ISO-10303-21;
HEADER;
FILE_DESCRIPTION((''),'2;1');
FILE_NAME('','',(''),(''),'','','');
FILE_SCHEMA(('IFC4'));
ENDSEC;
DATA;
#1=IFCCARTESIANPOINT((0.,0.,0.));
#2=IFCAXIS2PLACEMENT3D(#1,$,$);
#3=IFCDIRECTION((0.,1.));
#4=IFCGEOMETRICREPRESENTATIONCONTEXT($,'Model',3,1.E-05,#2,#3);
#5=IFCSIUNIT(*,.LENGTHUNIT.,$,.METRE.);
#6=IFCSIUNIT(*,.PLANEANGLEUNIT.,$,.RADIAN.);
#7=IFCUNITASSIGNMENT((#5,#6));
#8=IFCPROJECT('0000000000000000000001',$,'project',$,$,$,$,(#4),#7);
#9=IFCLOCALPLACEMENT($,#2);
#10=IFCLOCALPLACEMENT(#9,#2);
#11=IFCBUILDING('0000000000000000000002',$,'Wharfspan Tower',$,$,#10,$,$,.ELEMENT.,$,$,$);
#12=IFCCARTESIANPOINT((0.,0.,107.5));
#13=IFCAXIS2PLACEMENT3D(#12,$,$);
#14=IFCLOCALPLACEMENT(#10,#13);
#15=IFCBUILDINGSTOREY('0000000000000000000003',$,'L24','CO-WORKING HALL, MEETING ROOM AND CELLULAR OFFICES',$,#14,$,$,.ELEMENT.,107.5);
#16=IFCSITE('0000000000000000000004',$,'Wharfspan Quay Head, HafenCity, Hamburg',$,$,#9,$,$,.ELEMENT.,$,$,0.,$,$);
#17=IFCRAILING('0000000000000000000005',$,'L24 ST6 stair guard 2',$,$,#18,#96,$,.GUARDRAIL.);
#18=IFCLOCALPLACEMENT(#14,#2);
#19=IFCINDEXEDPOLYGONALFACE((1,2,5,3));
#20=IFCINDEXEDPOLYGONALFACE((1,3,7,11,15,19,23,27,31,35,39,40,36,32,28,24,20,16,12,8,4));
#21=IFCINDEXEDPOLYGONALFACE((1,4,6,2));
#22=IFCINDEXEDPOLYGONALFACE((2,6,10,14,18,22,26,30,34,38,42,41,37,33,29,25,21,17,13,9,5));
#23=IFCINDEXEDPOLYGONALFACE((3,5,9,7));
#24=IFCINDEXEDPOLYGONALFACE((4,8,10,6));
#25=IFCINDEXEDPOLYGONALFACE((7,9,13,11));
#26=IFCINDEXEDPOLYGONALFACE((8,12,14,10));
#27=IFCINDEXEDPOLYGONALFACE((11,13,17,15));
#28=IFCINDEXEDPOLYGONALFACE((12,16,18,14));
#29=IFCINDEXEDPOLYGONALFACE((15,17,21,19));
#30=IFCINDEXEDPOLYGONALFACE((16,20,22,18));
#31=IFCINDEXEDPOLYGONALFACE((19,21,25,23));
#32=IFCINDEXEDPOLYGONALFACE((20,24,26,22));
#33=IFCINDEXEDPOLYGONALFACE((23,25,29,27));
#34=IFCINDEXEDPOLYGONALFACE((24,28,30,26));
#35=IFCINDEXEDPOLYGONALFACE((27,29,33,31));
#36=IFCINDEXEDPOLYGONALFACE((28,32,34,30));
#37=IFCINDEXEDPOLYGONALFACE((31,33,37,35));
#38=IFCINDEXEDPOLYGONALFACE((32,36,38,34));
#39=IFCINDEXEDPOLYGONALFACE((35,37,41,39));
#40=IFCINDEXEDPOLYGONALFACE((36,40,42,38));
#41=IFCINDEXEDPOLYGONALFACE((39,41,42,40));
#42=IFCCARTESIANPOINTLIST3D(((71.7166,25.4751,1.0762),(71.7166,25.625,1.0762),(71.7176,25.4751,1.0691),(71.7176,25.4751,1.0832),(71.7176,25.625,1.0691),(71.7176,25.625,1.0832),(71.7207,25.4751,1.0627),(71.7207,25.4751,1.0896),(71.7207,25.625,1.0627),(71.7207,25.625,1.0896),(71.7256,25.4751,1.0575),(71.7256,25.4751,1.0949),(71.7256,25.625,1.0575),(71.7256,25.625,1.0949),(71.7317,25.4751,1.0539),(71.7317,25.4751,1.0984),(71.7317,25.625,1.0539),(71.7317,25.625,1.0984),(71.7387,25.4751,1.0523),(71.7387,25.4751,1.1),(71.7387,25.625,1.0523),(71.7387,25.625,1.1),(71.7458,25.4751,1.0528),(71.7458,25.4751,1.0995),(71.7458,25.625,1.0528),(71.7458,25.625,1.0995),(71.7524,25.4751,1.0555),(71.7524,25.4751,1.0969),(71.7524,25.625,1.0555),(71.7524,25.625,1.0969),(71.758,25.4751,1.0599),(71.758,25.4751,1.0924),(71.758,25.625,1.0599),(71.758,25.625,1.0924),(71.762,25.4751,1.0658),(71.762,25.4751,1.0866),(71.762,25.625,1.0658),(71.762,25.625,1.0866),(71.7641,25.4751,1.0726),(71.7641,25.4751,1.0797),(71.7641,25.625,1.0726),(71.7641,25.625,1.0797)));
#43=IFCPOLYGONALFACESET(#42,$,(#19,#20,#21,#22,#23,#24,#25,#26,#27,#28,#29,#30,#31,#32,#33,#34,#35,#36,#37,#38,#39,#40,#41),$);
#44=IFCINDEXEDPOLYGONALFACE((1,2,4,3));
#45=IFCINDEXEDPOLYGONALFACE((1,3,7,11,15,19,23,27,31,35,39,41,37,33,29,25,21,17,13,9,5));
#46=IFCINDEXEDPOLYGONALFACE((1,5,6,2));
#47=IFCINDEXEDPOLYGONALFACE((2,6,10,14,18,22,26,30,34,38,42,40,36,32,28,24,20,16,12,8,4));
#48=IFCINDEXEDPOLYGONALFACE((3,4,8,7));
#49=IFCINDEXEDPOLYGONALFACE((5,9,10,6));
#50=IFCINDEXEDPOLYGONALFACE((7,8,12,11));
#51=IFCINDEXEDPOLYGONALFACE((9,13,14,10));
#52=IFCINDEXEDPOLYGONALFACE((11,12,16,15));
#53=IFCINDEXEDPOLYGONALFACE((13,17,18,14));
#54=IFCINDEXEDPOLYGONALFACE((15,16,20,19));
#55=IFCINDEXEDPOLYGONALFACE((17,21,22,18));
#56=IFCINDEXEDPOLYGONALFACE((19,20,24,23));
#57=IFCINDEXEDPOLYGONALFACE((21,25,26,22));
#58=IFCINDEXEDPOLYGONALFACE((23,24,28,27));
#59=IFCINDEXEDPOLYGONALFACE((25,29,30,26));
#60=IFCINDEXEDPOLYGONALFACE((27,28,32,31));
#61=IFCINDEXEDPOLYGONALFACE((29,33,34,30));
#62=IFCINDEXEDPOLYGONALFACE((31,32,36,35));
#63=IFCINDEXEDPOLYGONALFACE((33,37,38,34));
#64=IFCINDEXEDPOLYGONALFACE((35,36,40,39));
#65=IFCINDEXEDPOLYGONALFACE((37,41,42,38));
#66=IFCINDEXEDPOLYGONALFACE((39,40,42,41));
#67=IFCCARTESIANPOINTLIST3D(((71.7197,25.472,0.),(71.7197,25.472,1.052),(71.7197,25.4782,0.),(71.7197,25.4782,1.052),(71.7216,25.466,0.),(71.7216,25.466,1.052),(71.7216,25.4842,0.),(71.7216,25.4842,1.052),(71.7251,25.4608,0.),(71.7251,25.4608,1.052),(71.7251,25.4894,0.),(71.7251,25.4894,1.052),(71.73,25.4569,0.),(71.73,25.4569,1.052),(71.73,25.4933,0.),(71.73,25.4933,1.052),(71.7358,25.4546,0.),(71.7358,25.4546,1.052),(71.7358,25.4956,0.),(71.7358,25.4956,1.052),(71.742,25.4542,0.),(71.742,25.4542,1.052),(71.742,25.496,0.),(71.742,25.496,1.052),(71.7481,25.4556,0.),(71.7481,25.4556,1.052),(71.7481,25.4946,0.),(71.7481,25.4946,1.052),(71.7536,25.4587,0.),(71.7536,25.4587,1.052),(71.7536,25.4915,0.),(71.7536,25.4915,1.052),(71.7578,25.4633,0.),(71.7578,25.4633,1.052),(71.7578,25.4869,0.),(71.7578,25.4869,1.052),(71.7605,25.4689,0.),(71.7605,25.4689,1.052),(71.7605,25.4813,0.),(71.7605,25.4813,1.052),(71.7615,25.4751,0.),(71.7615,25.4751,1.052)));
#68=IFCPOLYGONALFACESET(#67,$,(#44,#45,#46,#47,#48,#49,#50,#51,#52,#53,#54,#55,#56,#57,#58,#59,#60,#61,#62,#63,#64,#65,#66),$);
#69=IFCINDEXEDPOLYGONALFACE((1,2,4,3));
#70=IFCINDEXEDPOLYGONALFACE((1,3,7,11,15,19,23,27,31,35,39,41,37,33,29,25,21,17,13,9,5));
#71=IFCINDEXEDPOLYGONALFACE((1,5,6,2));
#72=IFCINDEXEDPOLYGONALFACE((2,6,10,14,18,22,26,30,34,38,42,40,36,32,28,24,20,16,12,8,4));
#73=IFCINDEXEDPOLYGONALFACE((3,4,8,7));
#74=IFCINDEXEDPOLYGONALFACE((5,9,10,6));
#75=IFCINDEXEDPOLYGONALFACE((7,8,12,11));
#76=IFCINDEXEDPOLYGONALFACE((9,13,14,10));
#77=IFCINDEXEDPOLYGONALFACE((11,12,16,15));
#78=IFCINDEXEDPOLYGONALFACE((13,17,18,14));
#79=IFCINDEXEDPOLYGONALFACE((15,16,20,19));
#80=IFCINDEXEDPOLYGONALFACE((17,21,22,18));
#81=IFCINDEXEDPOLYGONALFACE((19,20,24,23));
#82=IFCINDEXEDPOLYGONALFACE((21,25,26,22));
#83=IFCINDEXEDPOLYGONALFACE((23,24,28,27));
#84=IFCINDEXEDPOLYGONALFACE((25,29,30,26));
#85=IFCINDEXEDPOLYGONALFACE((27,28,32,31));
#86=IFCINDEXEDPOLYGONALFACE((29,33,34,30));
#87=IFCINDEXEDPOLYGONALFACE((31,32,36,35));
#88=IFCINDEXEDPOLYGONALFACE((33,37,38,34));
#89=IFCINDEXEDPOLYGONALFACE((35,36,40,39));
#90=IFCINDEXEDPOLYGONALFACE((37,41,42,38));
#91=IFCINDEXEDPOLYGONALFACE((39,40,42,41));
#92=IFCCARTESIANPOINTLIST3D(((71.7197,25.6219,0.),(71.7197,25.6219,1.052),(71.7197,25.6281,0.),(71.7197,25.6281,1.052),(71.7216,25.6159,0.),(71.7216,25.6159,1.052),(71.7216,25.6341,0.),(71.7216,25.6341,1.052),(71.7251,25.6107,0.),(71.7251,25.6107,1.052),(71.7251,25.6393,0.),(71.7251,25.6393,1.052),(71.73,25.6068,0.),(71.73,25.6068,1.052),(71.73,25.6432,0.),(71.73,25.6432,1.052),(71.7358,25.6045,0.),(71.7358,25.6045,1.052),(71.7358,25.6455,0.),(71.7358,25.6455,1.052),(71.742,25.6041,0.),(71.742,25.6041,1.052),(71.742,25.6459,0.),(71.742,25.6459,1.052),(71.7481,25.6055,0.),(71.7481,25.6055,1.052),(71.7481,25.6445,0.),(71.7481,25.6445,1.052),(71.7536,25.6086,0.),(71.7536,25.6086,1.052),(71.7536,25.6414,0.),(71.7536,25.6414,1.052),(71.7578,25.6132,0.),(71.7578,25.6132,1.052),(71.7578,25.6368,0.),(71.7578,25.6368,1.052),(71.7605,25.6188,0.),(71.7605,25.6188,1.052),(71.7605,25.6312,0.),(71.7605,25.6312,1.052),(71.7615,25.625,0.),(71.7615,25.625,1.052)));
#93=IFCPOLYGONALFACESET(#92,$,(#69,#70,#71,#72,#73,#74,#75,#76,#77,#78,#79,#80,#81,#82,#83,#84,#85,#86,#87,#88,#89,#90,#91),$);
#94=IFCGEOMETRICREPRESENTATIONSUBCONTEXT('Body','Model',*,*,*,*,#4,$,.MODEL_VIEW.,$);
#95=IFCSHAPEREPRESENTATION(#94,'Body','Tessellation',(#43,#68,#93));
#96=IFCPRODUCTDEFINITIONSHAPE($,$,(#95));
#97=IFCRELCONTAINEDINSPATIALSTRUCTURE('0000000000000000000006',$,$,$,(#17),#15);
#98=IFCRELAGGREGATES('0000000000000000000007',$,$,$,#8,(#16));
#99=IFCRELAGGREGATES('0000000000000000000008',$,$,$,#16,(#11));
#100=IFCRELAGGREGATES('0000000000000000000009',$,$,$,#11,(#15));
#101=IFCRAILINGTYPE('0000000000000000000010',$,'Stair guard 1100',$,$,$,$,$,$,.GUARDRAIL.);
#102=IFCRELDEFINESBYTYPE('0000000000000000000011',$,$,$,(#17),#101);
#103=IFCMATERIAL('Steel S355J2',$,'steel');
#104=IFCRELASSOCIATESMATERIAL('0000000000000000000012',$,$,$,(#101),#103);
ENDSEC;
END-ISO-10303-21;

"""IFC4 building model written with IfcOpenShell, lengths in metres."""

from ifc_helpers import new_model, si_unit, direction, frame, origin, origin_2d, place, context, subcontext, project, spatial, circle, extrude, material, type_object, element, save


model = new_model("IFC4")

# Units and contexts
model_context = context("Model", 3, precision=1e-05, world=origin(), true_north=direction((0.0, 1.0)))
body_context = subcontext(model_context, "Body", "Model", "MODEL_VIEW")
ifc_project = project(units=[si_unit("LENGTHUNIT", "METRE"), si_unit("PLANEANGLEUNIT", "RADIAN")], contexts=[model_context])

# Site, building, storey
site_placement = place(None, origin())
site = spatial("IfcSite", under=ifc_project, at=site_placement, Name="Wharfspan Quay Head, HafenCity, Hamburg", CompositionType="ELEMENT", RefElevation=0.0)
building_placement = place(site_placement, origin())
building = spatial("IfcBuilding", under=site, at=building_placement, Name="Wharfspan Tower", CompositionType="ELEMENT")
storey_placement = place(building_placement, frame((0.0, 0.0, 107.5)))
storey = spatial("IfcBuildingStorey", under=building, at=storey_placement, Name="L24", Description="CO-WORKING HALL, MEETING ROOM AND CELLULAR OFFICES", CompositionType="ELEMENT", Elevation=107.5)

# Shared definitions
ifc_material_1 = material(Name="Steel S355J2", Category="steel")

# Railing
railing_type_1 = type_object("IfcRailingType", Name="Stair guard 1100", PredefinedType="GUARDRAIL", material=ifc_material_1)
railing_1_placement = place(storey_placement, frame((71.7405, 25.4751, 0.0)))
element("IfcRailing", 1, at=railing_1_placement, inside=storey, type_object=railing_type_1, Name="L24 ST6 stair guard 2", PredefinedType="GUARDRAIL", context=body_context, shape_type="SweptSolid", body=[
    extrude(circle(Radius=0.0239, at=origin_2d()), frame((0.0, 0.0, 1.0762), z_axis=(0.0, 1.0, 0.0), x_axis=(-1.0, 0.0, 0.0)), (0.0, 0.0, 1.0), 0.1499),
    extrude(circle(Radius=0.021, at=origin_2d()), origin(), (0.0, 0.0, 1.0), 1.052),
    extrude(circle(Radius=0.021, at=origin_2d()), frame((0.0, 0.1499, 0.0)), (0.0, 0.0, 1.0), 1.052),
])

save(model, "model.ifc")
